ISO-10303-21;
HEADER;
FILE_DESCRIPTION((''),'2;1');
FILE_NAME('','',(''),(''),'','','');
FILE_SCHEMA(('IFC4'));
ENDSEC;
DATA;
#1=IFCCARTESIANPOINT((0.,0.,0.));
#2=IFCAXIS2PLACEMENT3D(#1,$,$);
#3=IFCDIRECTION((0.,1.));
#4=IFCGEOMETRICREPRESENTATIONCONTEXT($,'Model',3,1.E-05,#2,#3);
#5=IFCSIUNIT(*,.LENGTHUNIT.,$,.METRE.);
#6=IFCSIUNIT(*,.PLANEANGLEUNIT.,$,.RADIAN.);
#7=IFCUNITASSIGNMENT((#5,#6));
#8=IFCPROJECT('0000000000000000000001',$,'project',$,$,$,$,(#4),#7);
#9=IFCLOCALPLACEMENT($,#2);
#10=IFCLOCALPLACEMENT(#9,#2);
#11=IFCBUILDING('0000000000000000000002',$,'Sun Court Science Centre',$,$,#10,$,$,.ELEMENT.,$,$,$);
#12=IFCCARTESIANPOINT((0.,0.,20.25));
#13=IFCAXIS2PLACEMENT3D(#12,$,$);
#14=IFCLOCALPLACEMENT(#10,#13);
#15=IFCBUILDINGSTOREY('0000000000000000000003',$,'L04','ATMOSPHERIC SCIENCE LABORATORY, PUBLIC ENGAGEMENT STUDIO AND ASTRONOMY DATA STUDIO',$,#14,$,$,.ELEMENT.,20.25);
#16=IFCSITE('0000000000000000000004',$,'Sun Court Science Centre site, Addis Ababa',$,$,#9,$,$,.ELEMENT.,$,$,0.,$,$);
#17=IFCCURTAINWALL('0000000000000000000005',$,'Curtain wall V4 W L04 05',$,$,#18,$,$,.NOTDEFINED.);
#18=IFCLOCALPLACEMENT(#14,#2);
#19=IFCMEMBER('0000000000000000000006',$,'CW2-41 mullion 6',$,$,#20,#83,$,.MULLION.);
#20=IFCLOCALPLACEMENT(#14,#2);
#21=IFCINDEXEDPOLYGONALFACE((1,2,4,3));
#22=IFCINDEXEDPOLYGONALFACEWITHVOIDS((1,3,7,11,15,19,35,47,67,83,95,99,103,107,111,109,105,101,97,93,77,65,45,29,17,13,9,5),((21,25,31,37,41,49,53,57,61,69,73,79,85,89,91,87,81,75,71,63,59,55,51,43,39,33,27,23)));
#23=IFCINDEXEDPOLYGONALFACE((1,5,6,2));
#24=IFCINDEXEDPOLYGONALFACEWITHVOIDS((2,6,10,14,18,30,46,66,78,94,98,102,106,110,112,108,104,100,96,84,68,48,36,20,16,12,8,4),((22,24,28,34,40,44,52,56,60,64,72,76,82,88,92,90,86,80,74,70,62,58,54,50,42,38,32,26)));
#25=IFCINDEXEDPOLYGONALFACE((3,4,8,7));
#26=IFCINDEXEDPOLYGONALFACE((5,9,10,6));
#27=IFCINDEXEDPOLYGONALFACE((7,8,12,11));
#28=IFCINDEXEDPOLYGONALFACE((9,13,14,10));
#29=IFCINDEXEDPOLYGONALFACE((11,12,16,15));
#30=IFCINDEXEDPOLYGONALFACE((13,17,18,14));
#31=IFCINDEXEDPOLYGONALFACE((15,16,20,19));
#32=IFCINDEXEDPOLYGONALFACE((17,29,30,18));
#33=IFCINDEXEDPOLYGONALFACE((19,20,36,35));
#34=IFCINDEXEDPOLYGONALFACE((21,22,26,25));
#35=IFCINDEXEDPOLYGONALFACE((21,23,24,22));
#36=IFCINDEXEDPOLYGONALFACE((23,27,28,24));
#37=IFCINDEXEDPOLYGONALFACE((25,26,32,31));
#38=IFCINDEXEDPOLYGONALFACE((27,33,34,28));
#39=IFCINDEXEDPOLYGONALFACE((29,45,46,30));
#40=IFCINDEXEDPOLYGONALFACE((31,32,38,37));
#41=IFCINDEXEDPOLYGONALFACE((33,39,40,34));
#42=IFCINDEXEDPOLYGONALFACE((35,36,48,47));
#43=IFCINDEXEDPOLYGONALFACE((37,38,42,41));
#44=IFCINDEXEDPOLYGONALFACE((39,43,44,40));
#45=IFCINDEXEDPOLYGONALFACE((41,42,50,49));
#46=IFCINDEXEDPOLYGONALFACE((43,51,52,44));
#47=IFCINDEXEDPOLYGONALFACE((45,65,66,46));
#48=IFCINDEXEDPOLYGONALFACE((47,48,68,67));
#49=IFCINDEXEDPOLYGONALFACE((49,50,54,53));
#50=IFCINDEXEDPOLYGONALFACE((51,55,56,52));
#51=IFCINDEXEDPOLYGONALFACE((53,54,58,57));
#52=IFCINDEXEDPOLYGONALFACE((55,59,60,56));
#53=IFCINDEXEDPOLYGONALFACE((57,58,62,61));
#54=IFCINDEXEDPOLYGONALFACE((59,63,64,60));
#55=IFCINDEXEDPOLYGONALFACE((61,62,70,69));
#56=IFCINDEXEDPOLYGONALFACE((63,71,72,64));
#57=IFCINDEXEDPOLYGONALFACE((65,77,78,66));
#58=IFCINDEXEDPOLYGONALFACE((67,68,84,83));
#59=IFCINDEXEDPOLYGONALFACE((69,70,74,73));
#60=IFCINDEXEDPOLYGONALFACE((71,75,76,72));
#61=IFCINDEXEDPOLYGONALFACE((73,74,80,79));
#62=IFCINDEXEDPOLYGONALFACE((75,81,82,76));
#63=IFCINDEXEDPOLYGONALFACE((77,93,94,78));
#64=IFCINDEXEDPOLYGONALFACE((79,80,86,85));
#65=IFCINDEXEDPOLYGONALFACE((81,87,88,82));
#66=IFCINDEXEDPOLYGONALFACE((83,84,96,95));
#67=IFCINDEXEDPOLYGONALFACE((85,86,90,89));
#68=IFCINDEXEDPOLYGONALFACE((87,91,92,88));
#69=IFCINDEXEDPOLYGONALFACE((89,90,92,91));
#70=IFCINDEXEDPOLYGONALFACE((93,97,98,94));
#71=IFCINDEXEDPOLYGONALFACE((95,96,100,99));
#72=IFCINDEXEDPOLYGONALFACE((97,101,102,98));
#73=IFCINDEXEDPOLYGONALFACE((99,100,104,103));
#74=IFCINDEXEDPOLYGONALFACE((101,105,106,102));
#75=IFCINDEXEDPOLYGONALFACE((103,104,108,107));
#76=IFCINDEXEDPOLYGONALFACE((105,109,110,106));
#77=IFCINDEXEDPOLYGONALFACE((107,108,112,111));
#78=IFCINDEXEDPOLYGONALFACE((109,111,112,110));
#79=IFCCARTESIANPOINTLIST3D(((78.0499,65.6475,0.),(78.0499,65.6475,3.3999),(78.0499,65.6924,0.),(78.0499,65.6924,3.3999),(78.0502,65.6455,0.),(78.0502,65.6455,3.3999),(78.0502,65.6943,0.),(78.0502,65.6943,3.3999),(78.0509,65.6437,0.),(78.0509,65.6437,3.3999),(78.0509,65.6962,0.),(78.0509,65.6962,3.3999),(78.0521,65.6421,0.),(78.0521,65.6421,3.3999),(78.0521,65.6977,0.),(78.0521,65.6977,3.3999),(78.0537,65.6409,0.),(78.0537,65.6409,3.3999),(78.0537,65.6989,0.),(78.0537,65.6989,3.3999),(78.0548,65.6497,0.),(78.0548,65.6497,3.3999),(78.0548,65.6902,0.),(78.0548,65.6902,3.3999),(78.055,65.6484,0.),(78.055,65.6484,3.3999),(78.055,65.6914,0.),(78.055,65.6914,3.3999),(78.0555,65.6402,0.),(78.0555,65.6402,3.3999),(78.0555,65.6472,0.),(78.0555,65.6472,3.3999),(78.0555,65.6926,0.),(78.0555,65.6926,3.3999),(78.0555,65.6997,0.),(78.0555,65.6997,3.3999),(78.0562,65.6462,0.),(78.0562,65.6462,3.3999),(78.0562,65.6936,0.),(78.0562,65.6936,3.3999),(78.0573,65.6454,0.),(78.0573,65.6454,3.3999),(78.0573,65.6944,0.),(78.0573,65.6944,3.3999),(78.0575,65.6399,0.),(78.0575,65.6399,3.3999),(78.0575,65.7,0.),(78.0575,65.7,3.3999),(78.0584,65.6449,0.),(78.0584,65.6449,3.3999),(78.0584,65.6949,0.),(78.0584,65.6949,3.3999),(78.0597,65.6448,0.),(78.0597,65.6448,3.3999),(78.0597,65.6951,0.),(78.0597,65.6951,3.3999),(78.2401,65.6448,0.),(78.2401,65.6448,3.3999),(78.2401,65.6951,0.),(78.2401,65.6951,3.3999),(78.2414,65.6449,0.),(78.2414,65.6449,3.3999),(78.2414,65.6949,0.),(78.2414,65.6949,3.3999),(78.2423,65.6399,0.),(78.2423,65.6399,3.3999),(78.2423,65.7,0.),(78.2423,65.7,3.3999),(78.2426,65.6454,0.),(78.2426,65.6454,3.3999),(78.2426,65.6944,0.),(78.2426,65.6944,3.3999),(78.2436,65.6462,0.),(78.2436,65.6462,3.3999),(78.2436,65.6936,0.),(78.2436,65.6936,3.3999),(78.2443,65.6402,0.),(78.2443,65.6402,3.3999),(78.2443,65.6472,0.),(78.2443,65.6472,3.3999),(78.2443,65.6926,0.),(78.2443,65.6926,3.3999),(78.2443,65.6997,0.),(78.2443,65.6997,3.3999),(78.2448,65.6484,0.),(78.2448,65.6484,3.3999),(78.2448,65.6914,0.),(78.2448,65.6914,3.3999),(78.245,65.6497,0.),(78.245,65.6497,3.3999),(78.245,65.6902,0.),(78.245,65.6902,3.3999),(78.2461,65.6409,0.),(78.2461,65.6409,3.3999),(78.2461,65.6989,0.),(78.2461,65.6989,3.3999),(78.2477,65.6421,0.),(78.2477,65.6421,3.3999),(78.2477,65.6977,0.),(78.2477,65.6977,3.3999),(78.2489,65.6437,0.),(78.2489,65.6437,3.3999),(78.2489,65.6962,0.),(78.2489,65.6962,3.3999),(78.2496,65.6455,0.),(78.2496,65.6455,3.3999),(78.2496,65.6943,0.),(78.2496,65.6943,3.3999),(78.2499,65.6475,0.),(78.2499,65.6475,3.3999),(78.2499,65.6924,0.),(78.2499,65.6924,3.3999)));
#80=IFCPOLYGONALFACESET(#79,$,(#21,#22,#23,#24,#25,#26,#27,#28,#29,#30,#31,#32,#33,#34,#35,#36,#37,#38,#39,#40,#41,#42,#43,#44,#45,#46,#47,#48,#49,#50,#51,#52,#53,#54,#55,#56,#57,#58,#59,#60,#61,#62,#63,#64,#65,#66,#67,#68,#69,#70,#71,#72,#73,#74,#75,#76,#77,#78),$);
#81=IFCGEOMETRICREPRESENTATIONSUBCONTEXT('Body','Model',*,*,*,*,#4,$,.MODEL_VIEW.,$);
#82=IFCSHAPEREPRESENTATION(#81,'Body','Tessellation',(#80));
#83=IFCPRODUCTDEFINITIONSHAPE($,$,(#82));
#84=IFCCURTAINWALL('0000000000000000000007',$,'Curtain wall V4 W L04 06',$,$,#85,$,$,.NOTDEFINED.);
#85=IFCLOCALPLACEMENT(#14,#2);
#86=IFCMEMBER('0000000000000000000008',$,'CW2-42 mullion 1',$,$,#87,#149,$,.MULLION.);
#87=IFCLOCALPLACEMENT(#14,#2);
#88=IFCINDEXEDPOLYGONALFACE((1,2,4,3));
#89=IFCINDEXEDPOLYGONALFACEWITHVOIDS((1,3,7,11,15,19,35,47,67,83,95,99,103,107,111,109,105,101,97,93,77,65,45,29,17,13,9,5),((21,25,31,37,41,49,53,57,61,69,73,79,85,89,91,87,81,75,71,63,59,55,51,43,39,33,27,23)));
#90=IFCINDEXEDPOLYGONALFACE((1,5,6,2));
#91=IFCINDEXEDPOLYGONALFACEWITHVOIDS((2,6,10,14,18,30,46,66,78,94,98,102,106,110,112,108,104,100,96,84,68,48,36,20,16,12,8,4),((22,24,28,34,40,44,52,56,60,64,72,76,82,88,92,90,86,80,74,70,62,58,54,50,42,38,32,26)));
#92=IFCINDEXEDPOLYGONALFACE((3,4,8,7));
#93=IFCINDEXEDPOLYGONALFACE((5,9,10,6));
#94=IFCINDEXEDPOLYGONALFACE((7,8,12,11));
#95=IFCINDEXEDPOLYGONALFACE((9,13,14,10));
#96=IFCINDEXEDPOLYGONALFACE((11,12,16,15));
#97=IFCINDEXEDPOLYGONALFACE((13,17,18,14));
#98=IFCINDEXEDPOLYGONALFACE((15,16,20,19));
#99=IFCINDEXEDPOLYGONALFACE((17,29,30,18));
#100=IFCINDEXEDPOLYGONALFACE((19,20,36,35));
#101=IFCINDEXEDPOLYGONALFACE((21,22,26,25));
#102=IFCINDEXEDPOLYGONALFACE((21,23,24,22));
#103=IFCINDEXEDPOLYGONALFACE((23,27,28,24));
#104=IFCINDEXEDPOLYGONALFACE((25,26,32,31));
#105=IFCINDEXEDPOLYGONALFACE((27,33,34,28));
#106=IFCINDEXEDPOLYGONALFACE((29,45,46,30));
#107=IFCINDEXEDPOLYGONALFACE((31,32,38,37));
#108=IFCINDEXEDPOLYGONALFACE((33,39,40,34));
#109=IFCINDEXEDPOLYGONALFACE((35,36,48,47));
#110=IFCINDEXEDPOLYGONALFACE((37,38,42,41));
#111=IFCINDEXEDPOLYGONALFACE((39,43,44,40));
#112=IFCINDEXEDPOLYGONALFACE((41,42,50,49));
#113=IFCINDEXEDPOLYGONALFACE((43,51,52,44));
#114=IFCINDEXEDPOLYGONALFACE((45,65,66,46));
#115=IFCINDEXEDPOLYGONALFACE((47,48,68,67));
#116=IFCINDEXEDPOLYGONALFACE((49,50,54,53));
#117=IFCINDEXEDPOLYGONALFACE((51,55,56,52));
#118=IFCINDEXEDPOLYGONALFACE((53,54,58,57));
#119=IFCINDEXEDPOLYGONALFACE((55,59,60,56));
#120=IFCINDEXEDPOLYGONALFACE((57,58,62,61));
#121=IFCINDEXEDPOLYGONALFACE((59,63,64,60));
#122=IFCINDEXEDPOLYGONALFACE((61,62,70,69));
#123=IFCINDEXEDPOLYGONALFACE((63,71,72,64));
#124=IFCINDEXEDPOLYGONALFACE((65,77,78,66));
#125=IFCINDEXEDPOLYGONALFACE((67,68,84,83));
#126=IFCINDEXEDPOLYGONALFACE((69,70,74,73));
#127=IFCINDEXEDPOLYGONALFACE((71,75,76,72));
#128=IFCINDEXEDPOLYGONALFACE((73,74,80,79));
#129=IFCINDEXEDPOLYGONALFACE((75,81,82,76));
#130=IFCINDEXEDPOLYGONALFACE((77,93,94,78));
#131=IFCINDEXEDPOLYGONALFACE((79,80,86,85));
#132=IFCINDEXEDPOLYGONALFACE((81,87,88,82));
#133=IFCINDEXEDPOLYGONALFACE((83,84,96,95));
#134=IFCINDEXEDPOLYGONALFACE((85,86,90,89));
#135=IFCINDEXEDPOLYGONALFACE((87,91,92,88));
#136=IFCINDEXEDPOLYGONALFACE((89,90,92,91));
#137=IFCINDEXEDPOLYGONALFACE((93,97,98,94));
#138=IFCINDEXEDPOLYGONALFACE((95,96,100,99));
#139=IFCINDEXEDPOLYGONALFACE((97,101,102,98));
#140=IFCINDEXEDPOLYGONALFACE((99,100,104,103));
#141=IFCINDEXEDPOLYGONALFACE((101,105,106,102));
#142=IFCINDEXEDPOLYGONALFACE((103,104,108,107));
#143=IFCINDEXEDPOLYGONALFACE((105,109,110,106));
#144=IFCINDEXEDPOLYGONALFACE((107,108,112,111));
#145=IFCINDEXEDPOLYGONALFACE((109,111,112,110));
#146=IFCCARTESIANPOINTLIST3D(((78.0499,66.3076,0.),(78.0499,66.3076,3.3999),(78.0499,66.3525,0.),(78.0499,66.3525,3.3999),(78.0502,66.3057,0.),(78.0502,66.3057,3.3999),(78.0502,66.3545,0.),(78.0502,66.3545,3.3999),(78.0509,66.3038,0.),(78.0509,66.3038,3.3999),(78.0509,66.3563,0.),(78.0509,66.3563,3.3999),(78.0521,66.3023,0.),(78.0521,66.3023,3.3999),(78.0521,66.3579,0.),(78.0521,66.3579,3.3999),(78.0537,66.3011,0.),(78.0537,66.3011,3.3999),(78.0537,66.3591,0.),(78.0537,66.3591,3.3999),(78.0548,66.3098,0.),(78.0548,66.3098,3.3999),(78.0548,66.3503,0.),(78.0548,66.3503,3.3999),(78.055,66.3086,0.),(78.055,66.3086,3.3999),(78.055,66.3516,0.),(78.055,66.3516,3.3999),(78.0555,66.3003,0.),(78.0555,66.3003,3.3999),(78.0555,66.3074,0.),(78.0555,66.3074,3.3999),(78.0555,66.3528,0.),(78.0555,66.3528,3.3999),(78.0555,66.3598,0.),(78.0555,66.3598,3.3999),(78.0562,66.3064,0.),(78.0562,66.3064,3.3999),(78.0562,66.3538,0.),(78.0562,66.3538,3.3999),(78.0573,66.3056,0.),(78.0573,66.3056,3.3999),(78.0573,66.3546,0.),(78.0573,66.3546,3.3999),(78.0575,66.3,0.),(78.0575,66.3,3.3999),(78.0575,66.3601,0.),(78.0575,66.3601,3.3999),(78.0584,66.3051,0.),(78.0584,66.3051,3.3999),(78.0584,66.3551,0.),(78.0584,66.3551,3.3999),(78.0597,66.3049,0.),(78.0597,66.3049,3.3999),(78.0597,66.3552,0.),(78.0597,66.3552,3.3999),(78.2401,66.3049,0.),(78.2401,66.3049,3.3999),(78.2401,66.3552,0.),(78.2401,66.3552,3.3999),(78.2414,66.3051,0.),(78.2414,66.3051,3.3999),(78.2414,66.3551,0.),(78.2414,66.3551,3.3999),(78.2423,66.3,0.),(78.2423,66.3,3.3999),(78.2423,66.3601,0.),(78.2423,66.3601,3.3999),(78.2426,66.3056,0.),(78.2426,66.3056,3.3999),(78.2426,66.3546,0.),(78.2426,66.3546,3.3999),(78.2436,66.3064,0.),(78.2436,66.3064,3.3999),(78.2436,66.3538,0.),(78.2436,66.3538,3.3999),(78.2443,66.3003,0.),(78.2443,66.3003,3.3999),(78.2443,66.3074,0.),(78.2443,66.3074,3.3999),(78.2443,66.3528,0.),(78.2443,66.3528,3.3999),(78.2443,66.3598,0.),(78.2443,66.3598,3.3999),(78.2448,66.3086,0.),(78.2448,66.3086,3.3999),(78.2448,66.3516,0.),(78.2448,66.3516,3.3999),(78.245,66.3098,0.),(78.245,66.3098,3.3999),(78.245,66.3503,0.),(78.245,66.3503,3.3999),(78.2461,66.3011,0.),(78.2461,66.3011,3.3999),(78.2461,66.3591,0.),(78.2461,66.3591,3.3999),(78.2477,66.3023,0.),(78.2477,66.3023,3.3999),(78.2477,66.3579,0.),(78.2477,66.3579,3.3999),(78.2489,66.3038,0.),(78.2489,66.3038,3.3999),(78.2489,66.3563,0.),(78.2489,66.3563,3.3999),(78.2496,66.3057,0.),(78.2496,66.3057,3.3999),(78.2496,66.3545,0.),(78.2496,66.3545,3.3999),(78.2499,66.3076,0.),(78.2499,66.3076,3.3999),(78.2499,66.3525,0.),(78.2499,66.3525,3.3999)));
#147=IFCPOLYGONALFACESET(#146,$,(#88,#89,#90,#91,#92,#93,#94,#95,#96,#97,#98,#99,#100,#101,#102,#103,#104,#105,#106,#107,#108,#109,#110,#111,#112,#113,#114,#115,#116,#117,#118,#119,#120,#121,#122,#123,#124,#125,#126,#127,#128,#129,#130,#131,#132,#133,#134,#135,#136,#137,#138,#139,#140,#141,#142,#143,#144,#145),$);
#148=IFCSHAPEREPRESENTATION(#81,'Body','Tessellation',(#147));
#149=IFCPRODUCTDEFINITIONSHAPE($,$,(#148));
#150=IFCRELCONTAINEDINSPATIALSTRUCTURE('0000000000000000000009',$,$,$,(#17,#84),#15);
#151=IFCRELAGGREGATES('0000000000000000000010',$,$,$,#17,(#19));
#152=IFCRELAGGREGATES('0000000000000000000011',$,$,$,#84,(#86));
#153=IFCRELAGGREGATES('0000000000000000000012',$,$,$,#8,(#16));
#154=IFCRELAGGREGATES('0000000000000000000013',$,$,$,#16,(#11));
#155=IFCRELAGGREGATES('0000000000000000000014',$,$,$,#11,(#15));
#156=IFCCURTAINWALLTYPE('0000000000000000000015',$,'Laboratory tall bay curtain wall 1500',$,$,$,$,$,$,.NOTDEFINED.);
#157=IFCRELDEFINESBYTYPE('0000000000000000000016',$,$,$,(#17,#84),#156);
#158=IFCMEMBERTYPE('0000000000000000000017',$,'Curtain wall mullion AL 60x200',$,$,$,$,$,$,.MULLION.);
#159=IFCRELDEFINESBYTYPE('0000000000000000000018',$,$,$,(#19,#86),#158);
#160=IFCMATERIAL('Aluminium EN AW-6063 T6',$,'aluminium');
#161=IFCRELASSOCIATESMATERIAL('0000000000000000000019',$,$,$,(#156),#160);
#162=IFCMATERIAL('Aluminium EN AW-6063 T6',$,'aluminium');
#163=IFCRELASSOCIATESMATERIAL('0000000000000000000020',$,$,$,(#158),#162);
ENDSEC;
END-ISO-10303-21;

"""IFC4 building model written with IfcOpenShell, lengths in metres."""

from ifc_helpers import new_model, si_unit, direction, frame, origin, origin_2d, place, context, subcontext, project, spatial, hollow_rectangle, extrude, material, material_profile, profile_set, type_object, element, aggregate, save


model = new_model("IFC4")

# Units and contexts
model_context = context("Model", 3, precision=1e-05, world=origin(), true_north=direction((0.0, 1.0)))
body_context = subcontext(model_context, "Body", "Model", "MODEL_VIEW")
ifc_project = project(units=[si_unit("LENGTHUNIT", "METRE"), si_unit("PLANEANGLEUNIT", "RADIAN")], contexts=[model_context])

# Site, building, storey
site_placement = place(None, origin())
site = spatial("IfcSite", under=ifc_project, at=site_placement, Name="Sun Court Science Centre site, Addis Ababa", CompositionType="ELEMENT", RefElevation=0.0)
building_placement = place(site_placement, origin())
building = spatial("IfcBuilding", under=site, at=building_placement, Name="Sun Court Science Centre", CompositionType="ELEMENT")
storey_placement = place(building_placement, frame((0.0, 0.0, 20.25)))
storey = spatial("IfcBuildingStorey", under=building, at=storey_placement, Name="L04", Description="ATMOSPHERIC SCIENCE LABORATORY, PUBLIC ENGAGEMENT STUDIO AND ASTRONOMY DATA STUDIO", CompositionType="ELEMENT", Elevation=20.25)

# Curtain walls, members
ifc_material_1 = material(Name="Aluminium EN AW-6063 T6", Category="aluminium")
curtain_wall_type = type_object("IfcCurtainWallType", Name="Laboratory tall bay curtain wall 1500", PredefinedType="NOTDEFINED", material=ifc_material_1)
curtain_wall_1_placement = place(storey_placement, origin())
curtain_wall_1 = element("IfcCurtainWall", 1, at=curtain_wall_1_placement, inside=storey, type_object=curtain_wall_type, Name="Curtain wall V4 W L04 05", PredefinedType="NOTDEFINED")
ifc_material_2 = material(Name="Aluminium EN AW-6063 T6", Category="aluminium")
ifc_material_profile_1 = material_profile(ifc_material_2, hollow_rectangle(XDim=0.0601, YDim=0.2, WallThickness=0.0049, InnerFilletRadius=0.0049, OuterFilletRadius=0.0076, at=origin_2d()), Name="AL 60x200x5")
ifc_profile_set_1 = profile_set([ifc_material_profile_1], Name="Aluminium EN AW-6063 T6")
member_type_1 = type_object("IfcMemberType", Name="Curtain wall mullion AL 60x200", PredefinedType="MULLION", material=ifc_profile_set_1)
member_1_placement = place(storey_placement, frame((78.1499, 65.6699, 0.0), z_axis=(0.0, 0.0, 1.0), x_axis=(0.0, 1.0, 0.0)))
member_1 = element("IfcMember", 2, at=member_1_placement, type_object=member_type_1, Name="CW2-41 mullion 6", PredefinedType="MULLION", context=body_context, shape_type="SweptSolid", body=[
    extrude(hollow_rectangle(XDim=0.0601, YDim=0.2, WallThickness=0.0049, InnerFilletRadius=0.0049, OuterFilletRadius=0.0076, at=origin_2d()), origin(), (0.0, 0.0, 1.0), 3.3999),
])
curtain_wall_2_placement = place(storey_placement, origin())
curtain_wall_2 = element("IfcCurtainWall", 3, at=curtain_wall_2_placement, inside=storey, type_object=curtain_wall_type, Name="Curtain wall V4 W L04 06", PredefinedType="NOTDEFINED")
member_2_placement = place(storey_placement, frame((78.1499, 66.3301, 0.0), z_axis=(0.0, 0.0, 1.0), x_axis=(0.0, 1.0, 0.0)))
member_2 = element("IfcMember", 4, at=member_2_placement, type_object=member_type_1, Name="CW2-42 mullion 1", PredefinedType="MULLION", context=body_context, shape_type="SweptSolid", body=[
    extrude(hollow_rectangle(XDim=0.0601, YDim=0.2, WallThickness=0.0049, InnerFilletRadius=0.0049, OuterFilletRadius=0.0076, at=origin_2d()), origin(), (0.0, 0.0, 1.0), 3.3999),
])

aggregate(curtain_wall_1, [member_1])
aggregate(curtain_wall_2, [member_2])

save(model, "model.ifc")
